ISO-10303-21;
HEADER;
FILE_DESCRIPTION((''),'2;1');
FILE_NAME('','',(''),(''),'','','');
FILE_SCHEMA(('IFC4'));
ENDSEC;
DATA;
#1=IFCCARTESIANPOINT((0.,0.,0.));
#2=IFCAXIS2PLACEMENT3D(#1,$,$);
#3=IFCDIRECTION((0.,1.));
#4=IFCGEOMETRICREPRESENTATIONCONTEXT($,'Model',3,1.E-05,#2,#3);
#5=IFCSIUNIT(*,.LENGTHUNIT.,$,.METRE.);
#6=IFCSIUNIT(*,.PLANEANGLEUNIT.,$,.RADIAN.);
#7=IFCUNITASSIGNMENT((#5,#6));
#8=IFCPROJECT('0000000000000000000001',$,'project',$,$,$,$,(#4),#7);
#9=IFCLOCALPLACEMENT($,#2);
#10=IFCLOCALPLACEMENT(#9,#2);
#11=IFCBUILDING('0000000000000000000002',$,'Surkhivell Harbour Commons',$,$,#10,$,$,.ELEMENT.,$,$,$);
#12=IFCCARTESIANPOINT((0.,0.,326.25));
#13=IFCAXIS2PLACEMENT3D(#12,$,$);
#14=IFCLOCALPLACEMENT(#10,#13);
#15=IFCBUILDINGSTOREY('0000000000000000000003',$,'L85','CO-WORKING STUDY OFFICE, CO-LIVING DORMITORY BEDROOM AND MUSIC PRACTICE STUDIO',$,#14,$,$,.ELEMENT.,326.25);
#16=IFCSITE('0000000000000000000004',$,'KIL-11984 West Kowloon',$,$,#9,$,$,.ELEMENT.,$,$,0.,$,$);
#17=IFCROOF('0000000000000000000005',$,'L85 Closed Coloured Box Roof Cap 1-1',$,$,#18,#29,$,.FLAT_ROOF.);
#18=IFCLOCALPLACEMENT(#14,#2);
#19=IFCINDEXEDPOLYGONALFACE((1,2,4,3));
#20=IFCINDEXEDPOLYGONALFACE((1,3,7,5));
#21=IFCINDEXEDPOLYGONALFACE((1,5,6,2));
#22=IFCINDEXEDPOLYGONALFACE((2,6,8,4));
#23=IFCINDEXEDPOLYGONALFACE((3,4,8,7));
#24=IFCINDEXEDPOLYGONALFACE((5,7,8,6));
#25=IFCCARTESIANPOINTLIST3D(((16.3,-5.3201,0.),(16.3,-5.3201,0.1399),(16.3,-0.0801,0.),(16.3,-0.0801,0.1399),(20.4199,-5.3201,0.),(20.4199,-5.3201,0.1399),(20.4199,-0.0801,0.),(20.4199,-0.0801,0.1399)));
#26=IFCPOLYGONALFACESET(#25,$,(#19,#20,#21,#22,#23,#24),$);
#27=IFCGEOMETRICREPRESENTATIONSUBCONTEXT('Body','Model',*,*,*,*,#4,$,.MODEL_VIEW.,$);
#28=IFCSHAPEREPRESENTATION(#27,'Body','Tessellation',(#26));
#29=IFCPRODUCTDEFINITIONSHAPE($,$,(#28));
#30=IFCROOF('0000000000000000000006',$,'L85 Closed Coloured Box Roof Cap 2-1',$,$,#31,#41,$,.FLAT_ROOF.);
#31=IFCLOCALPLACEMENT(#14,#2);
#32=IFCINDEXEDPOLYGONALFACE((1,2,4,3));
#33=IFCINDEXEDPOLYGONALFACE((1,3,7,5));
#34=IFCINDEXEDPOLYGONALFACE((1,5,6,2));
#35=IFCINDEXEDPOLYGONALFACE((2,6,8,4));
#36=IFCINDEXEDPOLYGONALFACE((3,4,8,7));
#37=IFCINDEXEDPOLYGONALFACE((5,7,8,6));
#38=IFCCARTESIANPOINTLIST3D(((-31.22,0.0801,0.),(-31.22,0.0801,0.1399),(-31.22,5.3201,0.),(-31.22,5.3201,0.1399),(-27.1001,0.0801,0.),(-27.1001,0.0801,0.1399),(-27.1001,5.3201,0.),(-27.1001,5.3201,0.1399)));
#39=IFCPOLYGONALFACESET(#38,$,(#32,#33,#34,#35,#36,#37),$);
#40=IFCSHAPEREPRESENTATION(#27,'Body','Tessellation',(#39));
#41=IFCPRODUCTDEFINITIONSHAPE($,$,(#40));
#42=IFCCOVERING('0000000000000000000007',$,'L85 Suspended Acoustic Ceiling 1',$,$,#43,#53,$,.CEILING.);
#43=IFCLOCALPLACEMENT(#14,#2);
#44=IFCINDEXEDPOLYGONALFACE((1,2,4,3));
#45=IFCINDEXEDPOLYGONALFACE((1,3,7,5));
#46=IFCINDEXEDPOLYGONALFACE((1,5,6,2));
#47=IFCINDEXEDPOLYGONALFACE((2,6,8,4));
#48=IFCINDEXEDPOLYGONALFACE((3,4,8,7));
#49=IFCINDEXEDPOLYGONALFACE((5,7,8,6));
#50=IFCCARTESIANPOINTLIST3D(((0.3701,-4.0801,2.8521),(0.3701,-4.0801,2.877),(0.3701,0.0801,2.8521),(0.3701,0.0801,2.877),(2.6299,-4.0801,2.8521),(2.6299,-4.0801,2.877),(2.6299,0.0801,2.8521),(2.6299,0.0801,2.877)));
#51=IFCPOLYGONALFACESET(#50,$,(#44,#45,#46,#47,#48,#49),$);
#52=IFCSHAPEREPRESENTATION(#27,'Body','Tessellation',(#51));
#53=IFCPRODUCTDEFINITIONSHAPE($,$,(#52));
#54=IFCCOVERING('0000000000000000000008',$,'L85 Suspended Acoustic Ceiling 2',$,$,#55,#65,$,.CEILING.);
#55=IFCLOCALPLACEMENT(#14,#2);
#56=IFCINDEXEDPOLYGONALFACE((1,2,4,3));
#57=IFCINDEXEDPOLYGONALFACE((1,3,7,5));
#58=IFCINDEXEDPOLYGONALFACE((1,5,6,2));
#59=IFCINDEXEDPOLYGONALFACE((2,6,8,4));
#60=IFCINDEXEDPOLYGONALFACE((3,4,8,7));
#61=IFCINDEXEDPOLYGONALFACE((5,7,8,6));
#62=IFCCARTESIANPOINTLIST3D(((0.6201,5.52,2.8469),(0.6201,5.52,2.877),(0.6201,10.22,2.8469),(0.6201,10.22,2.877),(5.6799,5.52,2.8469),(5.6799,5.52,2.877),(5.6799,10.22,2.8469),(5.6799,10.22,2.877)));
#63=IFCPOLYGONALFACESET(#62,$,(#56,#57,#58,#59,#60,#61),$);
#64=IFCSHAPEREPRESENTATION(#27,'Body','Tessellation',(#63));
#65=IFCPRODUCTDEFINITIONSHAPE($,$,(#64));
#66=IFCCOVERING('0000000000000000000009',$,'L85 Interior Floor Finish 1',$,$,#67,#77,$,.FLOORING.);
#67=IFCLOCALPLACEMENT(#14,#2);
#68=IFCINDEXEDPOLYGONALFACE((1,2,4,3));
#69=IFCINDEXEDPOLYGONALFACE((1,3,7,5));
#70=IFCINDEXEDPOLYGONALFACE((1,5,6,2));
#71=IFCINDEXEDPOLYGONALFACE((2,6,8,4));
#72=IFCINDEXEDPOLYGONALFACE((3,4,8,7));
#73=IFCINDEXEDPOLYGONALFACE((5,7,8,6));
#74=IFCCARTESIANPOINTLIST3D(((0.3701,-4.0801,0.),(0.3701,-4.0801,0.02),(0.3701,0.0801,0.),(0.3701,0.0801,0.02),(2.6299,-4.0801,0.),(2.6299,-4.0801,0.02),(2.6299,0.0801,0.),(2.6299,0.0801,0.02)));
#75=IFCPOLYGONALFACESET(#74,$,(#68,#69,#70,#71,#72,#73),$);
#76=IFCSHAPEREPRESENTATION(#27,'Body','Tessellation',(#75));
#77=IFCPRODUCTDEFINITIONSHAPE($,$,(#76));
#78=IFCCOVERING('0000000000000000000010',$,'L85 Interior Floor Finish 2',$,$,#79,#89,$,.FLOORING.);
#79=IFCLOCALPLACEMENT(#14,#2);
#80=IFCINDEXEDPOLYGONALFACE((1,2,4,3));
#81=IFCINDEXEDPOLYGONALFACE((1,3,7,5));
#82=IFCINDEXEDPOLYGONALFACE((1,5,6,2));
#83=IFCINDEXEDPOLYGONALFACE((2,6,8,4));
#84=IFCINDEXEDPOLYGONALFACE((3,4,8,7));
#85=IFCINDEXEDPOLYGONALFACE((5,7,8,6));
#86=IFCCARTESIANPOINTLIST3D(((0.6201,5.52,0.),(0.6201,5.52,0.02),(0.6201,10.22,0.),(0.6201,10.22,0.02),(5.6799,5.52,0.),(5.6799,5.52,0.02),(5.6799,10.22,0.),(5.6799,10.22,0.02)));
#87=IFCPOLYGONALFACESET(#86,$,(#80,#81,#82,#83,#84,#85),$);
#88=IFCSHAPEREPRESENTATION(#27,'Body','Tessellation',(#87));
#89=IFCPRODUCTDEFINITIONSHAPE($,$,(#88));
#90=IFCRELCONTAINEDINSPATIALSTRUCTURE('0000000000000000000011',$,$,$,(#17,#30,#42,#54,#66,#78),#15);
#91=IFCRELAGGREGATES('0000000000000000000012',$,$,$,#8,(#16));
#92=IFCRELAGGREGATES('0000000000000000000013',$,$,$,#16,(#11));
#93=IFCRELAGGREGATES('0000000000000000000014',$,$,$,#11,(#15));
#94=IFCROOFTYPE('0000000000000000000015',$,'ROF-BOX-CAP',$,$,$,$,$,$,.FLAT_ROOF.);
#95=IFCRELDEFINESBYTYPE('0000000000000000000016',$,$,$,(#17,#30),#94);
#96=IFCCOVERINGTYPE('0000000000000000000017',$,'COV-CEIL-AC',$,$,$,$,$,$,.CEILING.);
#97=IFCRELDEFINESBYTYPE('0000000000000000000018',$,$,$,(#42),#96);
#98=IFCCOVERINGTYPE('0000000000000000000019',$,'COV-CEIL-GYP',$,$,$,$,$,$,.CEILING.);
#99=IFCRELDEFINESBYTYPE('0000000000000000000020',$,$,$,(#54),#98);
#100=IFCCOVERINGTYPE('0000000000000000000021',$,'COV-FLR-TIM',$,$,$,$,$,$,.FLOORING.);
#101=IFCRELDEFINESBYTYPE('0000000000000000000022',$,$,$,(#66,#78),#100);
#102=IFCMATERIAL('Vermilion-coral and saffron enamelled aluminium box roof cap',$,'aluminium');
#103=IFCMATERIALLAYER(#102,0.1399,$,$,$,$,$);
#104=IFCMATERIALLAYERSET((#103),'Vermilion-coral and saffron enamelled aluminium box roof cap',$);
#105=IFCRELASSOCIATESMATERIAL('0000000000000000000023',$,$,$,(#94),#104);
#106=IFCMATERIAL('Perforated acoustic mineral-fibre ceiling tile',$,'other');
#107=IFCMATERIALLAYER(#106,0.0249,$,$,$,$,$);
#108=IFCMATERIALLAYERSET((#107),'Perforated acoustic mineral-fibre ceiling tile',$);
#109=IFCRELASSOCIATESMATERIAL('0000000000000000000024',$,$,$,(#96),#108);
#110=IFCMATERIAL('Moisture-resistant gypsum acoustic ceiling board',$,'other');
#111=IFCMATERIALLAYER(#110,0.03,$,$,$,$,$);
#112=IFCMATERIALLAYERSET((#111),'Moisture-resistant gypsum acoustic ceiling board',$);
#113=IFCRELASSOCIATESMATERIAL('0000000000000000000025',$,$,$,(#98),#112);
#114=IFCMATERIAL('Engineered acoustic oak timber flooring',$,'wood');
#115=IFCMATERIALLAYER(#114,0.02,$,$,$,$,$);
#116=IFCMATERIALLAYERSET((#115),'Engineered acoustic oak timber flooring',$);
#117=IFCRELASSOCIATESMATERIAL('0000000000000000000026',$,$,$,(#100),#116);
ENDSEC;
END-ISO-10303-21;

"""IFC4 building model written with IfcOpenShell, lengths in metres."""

from ifc_helpers import new_model, si_unit, direction, frame, origin, place, context, subcontext, project, spatial, polyline, outline, extrude, material, layer, layer_set, type_object, element, save


model = new_model("IFC4")

# Units and contexts
model_context = context("Model", 3, precision=1e-05, world=origin(), true_north=direction((0.0, 1.0)))
body_context = subcontext(model_context, "Body", "Model", "MODEL_VIEW")
ifc_project = project(units=[si_unit("LENGTHUNIT", "METRE"), si_unit("PLANEANGLEUNIT", "RADIAN")], contexts=[model_context])

# Site, building, storey
site_placement = place(None, origin())
site = spatial("IfcSite", under=ifc_project, at=site_placement, Name="KIL-11984 West Kowloon", CompositionType="ELEMENT", RefElevation=0.0)
building_placement = place(site_placement, origin())
building = spatial("IfcBuilding", under=site, at=building_placement, Name="Surkhivell Harbour Commons", CompositionType="ELEMENT")
storey_placement = place(building_placement, frame((0.0, 0.0, 326.25)))
storey = spatial("IfcBuildingStorey", under=building, at=storey_placement, Name="L85", Description="CO-WORKING STUDY OFFICE, CO-LIVING DORMITORY BEDROOM AND MUSIC PRACTICE STUDIO", CompositionType="ELEMENT", Elevation=326.25)

# Roofs
ifc_material_1 = material(Name="Vermilion-coral and saffron enamelled aluminium box roof cap", Category="aluminium")
ifc_layer_1 = layer(ifc_material_1, 0.1399)
ifc_layer_set_1 = layer_set([ifc_layer_1], Name="Vermilion-coral and saffron enamelled aluminium box roof cap")
roof_type = type_object("IfcRoofType", Name="ROF-BOX-CAP", PredefinedType="FLAT_ROOF", material=ifc_layer_set_1)
roof_1_placement = place(storey_placement, origin())
element("IfcRoof", 1, at=roof_1_placement, inside=storey, type_object=roof_type, Name="L85 Closed Coloured Box Roof Cap 1-1", PredefinedType="FLAT_ROOF", context=body_context, shape_type="SweptSolid", body=[
    extrude(outline(polyline([(16.3, -0.0801), (16.3, -5.3201), (20.4199, -5.3201), (20.4199, -0.0801), (16.3, -0.0801)])), origin(), (0.0, 0.0, 1.0), 0.1399),
])
roof_2_placement = place(storey_placement, origin())
element("IfcRoof", 2, at=roof_2_placement, inside=storey, type_object=roof_type, Name="L85 Closed Coloured Box Roof Cap 2-1", PredefinedType="FLAT_ROOF", context=body_context, shape_type="SweptSolid", body=[
    extrude(outline(polyline([(-27.1001, 0.0801), (-27.1001, 5.3201), (-31.22, 5.3201), (-31.22, 0.0801), (-27.1001, 0.0801)])), origin(), (0.0, 0.0, 1.0), 0.1399),
])

# Coverings
ifc_material_2 = material(Name="Perforated acoustic mineral-fibre ceiling tile", Category="other")
ifc_layer_2 = layer(ifc_material_2, 0.0249)
ifc_layer_set_2 = layer_set([ifc_layer_2], Name="Perforated acoustic mineral-fibre ceiling tile")
covering_type_1 = type_object("IfcCoveringType", Name="COV-CEIL-AC", PredefinedType="CEILING", material=ifc_layer_set_2)
covering_1_placement = place(storey_placement, frame((0.0, 0.0, 2.8521)))
element("IfcCovering", 3, at=covering_1_placement, inside=storey, type_object=covering_type_1, Name="L85 Suspended Acoustic Ceiling 1", PredefinedType="CEILING", context=body_context, shape_type="SweptSolid", body=[
    extrude(outline(polyline([(0.3701, -4.0801), (2.6299, -4.0801), (2.6299, 0.0801), (0.3701, 0.0801), (0.3701, -4.0801)])), origin(), (0.0, 0.0, 1.0), 0.0249),
])
ifc_material_3 = material(Name="Moisture-resistant gypsum acoustic ceiling board", Category="other")
ifc_layer_3 = layer(ifc_material_3, 0.03)
ifc_layer_set_3 = layer_set([ifc_layer_3], Name="Moisture-resistant gypsum acoustic ceiling board")
covering_type_2 = type_object("IfcCoveringType", Name="COV-CEIL-GYP", PredefinedType="CEILING", material=ifc_layer_set_3)
covering_2_placement = place(storey_placement, frame((0.0, 0.0, 2.8469)))
element("IfcCovering", 4, at=covering_2_placement, inside=storey, type_object=covering_type_2, Name="L85 Suspended Acoustic Ceiling 2", PredefinedType="CEILING", context=body_context, shape_type="SweptSolid", body=[
    extrude(outline(polyline([(0.6201, 5.52), (5.6799, 5.52), (5.6799, 10.22), (0.6201, 10.22), (0.6201, 5.52)])), origin(), (0.0, 0.0, 1.0), 0.03),
])
ifc_material_4 = material(Name="Engineered acoustic oak timber flooring", Category="wood")
ifc_layer_4 = layer(ifc_material_4, 0.02)
ifc_layer_set_4 = layer_set([ifc_layer_4], Name="Engineered acoustic oak timber flooring")
covering_type_3 = type_object("IfcCoveringType", Name="COV-FLR-TIM", PredefinedType="FLOORING", material=ifc_layer_set_4)
covering_3_placement = place(storey_placement, origin())
element("IfcCovering", 5, at=covering_3_placement, inside=storey, type_object=covering_type_3, Name="L85 Interior Floor Finish 1", PredefinedType="FLOORING", context=body_context, shape_type="SweptSolid", body=[
    extrude(outline(polyline([(0.3701, -4.0801), (2.6299, -4.0801), (2.6299, 0.0801), (0.3701, 0.0801), (0.3701, -4.0801)])), origin(), (0.0, 0.0, 1.0), 0.02),
])
covering_4_placement = place(storey_placement, origin())
element("IfcCovering", 6, at=covering_4_placement, inside=storey, type_object=covering_type_3, Name="L85 Interior Floor Finish 2", PredefinedType="FLOORING", context=body_context, shape_type="SweptSolid", body=[
    extrude(outline(polyline([(0.6201, 5.52), (5.6799, 5.52), (5.6799, 10.22), (0.6201, 10.22), (0.6201, 5.52)])), origin(), (0.0, 0.0, 1.0), 0.02),
])

save(model, "model.ifc")
